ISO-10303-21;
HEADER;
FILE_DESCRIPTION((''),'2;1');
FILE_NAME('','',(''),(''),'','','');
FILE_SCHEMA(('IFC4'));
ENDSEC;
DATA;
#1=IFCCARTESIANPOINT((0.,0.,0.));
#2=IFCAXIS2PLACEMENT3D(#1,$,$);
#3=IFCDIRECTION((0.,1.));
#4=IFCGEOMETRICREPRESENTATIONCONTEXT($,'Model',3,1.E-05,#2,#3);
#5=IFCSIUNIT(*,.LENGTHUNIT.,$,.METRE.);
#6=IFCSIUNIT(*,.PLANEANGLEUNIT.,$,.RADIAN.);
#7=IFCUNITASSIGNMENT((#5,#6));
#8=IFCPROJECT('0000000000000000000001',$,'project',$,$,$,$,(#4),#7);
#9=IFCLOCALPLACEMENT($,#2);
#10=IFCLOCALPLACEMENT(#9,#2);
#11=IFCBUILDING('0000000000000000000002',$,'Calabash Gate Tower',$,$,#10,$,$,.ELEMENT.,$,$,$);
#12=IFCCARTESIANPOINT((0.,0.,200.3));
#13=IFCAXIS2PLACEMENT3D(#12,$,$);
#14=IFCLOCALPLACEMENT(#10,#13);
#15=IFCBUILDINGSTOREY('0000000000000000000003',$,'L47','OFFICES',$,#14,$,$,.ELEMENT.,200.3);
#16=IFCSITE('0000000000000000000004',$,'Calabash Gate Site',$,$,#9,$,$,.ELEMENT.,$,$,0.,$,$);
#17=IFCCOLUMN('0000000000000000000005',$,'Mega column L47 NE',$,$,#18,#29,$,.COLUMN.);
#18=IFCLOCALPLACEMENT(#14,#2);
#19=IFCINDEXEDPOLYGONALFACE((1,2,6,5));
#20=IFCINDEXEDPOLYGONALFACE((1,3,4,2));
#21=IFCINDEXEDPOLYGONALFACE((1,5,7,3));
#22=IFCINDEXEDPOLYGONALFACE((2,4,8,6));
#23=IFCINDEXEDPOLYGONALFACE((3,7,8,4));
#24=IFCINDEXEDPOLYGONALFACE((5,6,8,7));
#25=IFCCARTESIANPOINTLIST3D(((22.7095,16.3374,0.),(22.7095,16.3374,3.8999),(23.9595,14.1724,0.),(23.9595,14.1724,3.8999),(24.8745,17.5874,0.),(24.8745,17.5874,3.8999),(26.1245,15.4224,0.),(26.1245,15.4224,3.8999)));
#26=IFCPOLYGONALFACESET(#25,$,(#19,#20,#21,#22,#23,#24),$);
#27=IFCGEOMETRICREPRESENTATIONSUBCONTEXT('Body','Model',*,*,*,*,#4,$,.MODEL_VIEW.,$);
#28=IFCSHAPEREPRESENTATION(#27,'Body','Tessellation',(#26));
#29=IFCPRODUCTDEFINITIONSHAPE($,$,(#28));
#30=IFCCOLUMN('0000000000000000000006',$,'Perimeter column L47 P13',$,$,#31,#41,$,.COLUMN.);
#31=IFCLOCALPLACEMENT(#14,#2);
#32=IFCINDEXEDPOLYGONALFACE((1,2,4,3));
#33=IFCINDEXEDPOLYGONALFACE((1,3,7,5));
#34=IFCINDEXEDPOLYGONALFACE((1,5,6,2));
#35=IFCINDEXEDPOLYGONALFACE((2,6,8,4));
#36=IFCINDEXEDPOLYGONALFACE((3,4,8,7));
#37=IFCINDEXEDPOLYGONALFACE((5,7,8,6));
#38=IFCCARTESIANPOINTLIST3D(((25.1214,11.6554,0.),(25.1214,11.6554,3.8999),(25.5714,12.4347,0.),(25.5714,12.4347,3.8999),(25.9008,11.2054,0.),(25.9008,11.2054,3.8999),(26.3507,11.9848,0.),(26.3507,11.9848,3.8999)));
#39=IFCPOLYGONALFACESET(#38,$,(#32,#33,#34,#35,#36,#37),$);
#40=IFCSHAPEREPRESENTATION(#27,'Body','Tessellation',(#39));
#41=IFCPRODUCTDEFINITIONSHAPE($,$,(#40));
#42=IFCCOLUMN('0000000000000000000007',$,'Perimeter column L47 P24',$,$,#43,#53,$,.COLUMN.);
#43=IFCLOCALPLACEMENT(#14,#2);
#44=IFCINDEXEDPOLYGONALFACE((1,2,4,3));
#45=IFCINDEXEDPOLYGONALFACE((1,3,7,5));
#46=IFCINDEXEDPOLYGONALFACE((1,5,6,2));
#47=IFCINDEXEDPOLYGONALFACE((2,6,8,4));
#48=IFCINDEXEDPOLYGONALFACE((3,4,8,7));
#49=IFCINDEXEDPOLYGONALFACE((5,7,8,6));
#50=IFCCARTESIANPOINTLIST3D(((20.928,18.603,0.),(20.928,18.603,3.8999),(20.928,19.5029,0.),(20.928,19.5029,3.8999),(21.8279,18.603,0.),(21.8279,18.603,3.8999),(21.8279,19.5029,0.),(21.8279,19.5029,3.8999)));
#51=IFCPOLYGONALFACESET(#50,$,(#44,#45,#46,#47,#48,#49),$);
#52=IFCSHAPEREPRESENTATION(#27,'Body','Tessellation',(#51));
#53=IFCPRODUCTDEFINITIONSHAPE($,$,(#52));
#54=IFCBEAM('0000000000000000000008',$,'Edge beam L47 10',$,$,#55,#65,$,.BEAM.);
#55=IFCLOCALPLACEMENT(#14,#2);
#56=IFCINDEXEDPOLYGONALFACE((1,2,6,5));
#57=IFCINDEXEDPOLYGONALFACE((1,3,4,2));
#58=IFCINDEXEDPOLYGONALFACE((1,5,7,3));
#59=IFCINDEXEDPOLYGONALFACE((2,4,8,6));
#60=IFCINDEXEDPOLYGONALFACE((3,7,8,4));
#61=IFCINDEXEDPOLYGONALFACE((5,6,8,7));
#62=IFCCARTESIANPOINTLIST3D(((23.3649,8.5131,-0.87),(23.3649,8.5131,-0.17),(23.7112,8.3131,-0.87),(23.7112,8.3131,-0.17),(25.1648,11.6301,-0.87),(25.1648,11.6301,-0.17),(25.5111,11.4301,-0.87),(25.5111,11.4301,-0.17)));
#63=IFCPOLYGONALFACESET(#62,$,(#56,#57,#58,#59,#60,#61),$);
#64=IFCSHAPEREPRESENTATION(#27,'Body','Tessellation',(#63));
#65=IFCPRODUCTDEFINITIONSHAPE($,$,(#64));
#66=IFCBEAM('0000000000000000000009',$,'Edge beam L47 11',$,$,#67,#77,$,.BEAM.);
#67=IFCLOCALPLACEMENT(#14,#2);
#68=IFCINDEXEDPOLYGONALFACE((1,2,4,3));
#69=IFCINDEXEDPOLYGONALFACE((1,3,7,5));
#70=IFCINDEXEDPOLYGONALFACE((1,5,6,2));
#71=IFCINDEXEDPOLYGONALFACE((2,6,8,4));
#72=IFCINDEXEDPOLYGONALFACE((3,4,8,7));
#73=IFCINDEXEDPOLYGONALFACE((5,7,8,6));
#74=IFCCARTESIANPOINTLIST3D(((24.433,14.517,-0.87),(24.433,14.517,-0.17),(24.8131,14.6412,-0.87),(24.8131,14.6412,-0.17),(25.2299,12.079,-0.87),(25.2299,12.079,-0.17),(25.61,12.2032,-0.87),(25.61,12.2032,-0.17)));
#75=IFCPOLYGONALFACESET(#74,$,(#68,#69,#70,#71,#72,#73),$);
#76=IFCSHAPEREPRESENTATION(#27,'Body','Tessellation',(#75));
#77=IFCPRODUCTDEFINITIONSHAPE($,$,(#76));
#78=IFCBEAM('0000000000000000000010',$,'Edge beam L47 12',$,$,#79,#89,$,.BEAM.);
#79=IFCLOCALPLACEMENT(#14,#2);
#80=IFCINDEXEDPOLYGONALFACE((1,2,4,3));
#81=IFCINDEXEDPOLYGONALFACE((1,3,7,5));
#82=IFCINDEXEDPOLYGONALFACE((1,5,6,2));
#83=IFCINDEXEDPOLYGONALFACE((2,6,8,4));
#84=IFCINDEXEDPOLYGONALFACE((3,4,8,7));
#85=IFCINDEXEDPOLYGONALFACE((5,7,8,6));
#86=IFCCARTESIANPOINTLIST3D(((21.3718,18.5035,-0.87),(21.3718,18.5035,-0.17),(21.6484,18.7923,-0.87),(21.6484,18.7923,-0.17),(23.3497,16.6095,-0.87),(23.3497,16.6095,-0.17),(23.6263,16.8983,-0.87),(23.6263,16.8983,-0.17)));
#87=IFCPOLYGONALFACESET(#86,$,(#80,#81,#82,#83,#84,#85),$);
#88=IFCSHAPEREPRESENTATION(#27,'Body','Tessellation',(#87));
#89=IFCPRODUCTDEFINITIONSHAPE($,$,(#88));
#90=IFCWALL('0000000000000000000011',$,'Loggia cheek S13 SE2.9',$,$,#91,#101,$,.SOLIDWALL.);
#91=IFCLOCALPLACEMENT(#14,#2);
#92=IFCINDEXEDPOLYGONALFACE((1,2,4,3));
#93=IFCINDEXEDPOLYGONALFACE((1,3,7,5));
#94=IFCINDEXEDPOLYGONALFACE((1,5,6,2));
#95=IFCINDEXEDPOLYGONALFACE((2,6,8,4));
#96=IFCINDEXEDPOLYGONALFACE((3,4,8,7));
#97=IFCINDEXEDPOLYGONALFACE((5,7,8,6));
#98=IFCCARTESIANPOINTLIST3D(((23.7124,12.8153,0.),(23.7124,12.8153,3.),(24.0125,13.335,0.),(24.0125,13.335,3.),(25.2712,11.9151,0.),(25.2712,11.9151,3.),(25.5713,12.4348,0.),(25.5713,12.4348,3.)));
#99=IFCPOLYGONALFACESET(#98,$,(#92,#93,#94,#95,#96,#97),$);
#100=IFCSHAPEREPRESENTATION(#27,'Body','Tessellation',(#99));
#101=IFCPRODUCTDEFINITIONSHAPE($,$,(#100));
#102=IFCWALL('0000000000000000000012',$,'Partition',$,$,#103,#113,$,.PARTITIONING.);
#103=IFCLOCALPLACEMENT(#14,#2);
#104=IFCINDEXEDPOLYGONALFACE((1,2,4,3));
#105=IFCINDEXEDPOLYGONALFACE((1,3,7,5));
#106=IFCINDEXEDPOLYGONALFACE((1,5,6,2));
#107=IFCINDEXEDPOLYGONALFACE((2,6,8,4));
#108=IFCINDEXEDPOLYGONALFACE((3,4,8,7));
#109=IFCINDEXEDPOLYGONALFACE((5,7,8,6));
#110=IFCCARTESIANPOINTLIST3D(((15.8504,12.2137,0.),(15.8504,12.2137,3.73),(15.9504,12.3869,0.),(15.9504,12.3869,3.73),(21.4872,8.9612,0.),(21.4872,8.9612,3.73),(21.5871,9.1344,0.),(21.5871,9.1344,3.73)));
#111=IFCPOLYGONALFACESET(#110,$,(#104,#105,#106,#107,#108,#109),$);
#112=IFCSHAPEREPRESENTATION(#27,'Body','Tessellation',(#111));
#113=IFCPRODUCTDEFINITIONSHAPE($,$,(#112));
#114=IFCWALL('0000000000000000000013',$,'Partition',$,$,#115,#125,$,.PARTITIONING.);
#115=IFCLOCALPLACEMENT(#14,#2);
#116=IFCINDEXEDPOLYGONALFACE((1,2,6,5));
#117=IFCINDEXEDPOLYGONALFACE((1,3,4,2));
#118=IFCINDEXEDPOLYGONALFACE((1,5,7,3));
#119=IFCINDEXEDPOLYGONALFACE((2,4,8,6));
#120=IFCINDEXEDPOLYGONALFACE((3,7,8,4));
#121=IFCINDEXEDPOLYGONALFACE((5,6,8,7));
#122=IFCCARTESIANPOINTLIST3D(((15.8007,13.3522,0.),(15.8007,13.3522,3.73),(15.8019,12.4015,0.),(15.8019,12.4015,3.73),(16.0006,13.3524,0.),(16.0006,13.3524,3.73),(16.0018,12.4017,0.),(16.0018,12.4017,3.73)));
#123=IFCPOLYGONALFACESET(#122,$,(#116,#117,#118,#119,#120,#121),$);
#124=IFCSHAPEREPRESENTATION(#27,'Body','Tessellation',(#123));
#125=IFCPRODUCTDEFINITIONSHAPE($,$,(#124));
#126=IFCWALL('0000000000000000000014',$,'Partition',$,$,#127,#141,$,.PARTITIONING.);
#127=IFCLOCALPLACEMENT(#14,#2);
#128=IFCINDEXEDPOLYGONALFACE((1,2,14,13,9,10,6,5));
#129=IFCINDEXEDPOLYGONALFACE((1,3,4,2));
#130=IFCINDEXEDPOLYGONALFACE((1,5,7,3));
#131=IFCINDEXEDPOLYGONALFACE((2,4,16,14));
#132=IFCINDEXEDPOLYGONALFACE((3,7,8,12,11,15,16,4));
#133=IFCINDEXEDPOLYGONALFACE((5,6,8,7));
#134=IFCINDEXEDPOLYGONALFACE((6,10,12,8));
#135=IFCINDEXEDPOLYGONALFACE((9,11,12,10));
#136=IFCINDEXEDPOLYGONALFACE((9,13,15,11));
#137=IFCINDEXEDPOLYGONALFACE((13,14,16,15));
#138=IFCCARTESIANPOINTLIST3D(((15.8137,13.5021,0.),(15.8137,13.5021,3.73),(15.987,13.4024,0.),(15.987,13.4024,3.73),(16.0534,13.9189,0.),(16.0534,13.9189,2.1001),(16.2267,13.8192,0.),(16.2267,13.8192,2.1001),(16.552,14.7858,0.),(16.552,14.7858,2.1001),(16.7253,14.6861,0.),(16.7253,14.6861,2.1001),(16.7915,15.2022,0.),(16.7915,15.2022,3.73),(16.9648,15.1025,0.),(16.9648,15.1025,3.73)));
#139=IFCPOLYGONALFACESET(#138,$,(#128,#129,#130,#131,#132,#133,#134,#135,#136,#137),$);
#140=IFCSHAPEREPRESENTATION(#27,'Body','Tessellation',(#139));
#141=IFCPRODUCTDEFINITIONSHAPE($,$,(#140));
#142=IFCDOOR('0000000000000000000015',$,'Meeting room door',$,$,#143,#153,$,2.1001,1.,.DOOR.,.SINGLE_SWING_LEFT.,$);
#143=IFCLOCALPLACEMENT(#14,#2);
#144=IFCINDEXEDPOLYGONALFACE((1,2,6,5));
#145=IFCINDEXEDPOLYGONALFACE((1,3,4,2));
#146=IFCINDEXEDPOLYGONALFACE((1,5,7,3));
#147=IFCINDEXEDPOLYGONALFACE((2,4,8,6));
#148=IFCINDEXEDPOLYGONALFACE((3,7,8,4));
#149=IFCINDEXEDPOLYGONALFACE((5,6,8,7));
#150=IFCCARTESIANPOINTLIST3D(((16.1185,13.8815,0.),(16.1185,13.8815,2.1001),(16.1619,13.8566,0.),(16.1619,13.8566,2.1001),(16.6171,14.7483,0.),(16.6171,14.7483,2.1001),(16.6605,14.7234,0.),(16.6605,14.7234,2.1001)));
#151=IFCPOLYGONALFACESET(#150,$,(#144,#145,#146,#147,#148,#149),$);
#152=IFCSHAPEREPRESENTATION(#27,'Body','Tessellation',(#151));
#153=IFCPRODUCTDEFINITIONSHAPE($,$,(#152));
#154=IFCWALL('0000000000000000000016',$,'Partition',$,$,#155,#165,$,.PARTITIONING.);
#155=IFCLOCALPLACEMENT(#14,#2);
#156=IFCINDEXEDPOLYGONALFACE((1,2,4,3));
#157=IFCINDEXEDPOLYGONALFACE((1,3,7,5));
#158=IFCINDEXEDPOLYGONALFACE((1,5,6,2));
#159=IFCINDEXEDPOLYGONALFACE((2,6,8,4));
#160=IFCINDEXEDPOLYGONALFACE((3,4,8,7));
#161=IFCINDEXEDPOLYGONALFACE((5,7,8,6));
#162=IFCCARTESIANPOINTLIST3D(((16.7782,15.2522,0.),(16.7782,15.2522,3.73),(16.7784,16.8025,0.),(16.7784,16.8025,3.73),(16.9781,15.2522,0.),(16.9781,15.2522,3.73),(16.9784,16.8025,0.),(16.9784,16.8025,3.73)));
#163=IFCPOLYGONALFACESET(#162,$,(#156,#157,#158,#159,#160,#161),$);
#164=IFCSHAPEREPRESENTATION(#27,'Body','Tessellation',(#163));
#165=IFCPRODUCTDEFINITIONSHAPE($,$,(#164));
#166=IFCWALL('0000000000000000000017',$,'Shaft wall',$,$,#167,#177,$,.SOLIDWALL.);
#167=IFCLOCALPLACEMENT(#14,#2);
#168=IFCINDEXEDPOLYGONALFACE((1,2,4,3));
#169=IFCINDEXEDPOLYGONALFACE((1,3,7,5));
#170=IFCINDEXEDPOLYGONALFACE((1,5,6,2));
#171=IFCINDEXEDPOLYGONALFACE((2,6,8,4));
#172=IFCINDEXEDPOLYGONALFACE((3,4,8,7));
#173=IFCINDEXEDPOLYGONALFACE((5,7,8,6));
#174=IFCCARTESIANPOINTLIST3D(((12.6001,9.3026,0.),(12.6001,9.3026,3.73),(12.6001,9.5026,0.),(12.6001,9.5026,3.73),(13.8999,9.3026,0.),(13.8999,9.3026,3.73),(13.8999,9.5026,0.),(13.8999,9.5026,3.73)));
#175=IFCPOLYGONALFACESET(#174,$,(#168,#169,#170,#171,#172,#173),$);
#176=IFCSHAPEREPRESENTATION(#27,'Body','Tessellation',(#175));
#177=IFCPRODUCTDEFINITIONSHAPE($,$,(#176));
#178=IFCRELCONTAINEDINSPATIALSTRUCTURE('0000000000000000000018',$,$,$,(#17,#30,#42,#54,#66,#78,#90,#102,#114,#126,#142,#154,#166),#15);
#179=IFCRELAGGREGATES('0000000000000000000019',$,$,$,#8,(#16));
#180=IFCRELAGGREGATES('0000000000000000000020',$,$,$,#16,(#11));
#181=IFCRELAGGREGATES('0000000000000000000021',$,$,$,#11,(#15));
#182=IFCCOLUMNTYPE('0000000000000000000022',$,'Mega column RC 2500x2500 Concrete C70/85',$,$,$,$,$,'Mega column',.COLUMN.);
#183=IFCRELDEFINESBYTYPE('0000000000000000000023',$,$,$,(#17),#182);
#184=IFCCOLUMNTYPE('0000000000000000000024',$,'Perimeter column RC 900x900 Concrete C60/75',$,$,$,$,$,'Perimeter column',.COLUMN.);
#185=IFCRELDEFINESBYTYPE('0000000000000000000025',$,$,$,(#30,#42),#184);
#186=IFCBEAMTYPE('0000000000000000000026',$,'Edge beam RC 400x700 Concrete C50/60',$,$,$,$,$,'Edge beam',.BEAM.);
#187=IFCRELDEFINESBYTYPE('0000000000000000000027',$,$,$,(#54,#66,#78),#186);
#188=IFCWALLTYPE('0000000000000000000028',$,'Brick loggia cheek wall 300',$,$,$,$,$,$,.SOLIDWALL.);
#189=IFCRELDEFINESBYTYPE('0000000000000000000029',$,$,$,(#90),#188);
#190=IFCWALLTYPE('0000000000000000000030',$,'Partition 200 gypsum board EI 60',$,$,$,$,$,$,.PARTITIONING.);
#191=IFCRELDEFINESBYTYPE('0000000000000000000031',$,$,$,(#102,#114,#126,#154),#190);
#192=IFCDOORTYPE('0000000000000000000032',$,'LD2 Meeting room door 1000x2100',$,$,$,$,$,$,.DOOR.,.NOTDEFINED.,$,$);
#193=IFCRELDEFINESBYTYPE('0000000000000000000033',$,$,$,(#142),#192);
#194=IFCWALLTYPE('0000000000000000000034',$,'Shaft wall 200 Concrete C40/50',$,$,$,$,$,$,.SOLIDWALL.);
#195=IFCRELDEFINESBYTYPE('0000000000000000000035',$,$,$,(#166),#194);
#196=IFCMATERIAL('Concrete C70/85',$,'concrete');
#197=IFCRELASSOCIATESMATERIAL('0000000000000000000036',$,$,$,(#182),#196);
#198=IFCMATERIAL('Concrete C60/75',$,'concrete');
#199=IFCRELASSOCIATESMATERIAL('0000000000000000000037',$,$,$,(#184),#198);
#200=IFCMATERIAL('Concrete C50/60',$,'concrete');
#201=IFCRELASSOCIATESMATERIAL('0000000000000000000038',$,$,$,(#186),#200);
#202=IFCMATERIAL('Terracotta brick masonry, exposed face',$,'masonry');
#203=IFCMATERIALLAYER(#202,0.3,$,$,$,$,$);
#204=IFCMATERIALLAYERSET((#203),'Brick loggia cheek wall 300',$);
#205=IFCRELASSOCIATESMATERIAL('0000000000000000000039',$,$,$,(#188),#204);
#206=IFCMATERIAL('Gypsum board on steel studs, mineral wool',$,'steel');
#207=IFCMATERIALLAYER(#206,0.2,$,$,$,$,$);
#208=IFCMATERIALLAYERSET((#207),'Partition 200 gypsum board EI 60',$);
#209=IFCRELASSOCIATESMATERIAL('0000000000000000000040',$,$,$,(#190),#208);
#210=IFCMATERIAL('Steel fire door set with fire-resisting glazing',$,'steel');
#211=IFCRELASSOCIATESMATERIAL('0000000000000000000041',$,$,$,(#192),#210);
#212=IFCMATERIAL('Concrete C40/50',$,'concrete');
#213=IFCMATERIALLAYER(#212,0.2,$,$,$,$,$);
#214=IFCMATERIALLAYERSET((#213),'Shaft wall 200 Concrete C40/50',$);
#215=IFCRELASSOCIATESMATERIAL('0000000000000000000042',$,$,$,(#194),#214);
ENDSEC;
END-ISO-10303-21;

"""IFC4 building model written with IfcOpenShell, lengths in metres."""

from ifc_helpers import new_model, si_unit, direction, frame, frame_2d, origin, origin_2d, place, context, subcontext, project, spatial, rectangle, extrude, material, layer, layer_set, material_profile, profile_set, type_object, element, fill, save


model = new_model("IFC4")

# Units and contexts
model_context = context("Model", 3, precision=1e-05, world=origin(), true_north=direction((0.0, 1.0)))
body_context = subcontext(model_context, "Body", "Model", "MODEL_VIEW")
ifc_project = project(units=[si_unit("LENGTHUNIT", "METRE"), si_unit("PLANEANGLEUNIT", "RADIAN")], contexts=[model_context])

# Site, building, storey
site_placement = place(None, origin())
site = spatial("IfcSite", under=ifc_project, at=site_placement, Name="Calabash Gate Site", CompositionType="ELEMENT", RefElevation=0.0)
building_placement = place(site_placement, origin())
building = spatial("IfcBuilding", under=site, at=building_placement, Name="Calabash Gate Tower", CompositionType="ELEMENT")
storey_placement = place(building_placement, frame((0.0, 0.0, 200.3)))
storey = spatial("IfcBuildingStorey", under=building, at=storey_placement, Name="L47", Description="OFFICES", CompositionType="ELEMENT", Elevation=200.3)

# Columns
ifc_material_1 = material(Name="Concrete C70/85", Category="concrete")
ifc_material_profile_1 = material_profile(ifc_material_1, rectangle(XDim=2.5, YDim=2.5, at=origin_2d()))
ifc_profile_set_1 = profile_set([ifc_material_profile_1], Name="Concrete C70/85")
column_type_1 = type_object("IfcColumnType", Name="Mega column RC 2500x2500 Concrete C70/85", ElementType="Mega column", PredefinedType="COLUMN", material=ifc_profile_set_1)
column_placement = place(storey_placement, frame((24.417, 15.8799, 0.0), z_axis=(0.0, 0.0, 1.0), x_axis=(-0.866025, -0.5, 0.0)))
element("IfcColumn", 1, at=column_placement, inside=storey, type_object=column_type_1, Name="Mega column L47 NE", PredefinedType="COLUMN", context=body_context, shape_type="SweptSolid", body=[
    extrude(rectangle(XDim=2.5, YDim=2.5, at=origin_2d()), origin(), (0.0, 0.0, 1.0), 3.8999),
])
ifc_material_2 = material(Name="Concrete C60/75", Category="concrete")
ifc_material_profile_2 = material_profile(ifc_material_2, rectangle(XDim=0.8999, YDim=0.8999, at=origin_2d()))
ifc_profile_set_2 = profile_set([ifc_material_profile_2], Name="Concrete C60/75")
column_type_2 = type_object("IfcColumnType", Name="Perimeter column RC 900x900 Concrete C60/75", ElementType="Perimeter column", PredefinedType="COLUMN", material=ifc_profile_set_2)
for number, where, z_axis, x_axis, name in (
    (2, (25.7361, 11.8201, 0.0), (0.0, 0.0, 1.0), (0.5, 0.866025, 0.0), "Perimeter column L47 P13"),
    (3, (21.3779, 19.053, 0.0), (0.0, 0.0, 1.0), (-1.0, 0.0, 0.0), "Perimeter column L47 P24"),
):
    element("IfcColumn", number, at=place(storey_placement, frame(where, z_axis=z_axis, x_axis=x_axis)), inside=storey, type_object=column_type_2, Name=name, PredefinedType="COLUMN", context=body_context, shape_type="SweptSolid", body=[
        extrude(rectangle(XDim=0.8999, YDim=0.8999, at=origin_2d()), origin(), (0.0, 0.0, 1.0), 3.8999),
    ])

# Beams
ifc_material_3 = material(Name="Concrete C50/60", Category="concrete")
ifc_material_profile_3 = material_profile(ifc_material_3, rectangle(XDim=0.3999, YDim=0.7, at=origin_2d()))
ifc_profile_set_3 = profile_set([ifc_material_profile_3], Name="Concrete C50/60")
beam_type = type_object("IfcBeamType", Name="Edge beam RC 400x700 Concrete C50/60", ElementType="Edge beam", PredefinedType="BEAM", material=ifc_profile_set_3)
beam_1_placement = place(storey_placement, frame((23.5381, 8.4131, -0.52), z_axis=(0.500049, 0.865997, 0.0), x_axis=(-0.865997, 0.500049, 0.0)))
element("IfcBeam", 4, at=beam_1_placement, inside=storey, type_object=beam_type, Name="Edge beam L47 10", PredefinedType="BEAM", context=body_context, shape_type="SweptSolid", body=[
    extrude(rectangle(XDim=0.3999, YDim=0.7, at=origin_2d()), origin(), (0.0, 0.0, 1.0), 3.5994),
])
beam_2_placement = place(storey_placement, frame((25.4199, 12.1411, -0.52), z_axis=(-0.310683, 0.950514, 0.0), x_axis=(-0.950514, -0.310683, 0.0)))
element("IfcBeam", 5, at=beam_2_placement, inside=storey, type_object=beam_type, Name="Edge beam L47 11", PredefinedType="BEAM", context=body_context, shape_type="SweptSolid", body=[
    extrude(rectangle(XDim=0.3999, YDim=0.7, at=origin_2d()), origin(), (0.0, 0.0, 1.0), 2.5649),
])
beam_3_placement = place(storey_placement, frame((23.488, 16.7539, -0.52), z_axis=(-0.722274, 0.691607, 0.0), x_axis=(-0.691607, -0.722274, 0.0)))
element("IfcBeam", 6, at=beam_3_placement, inside=storey, type_object=beam_type, Name="Edge beam L47 12", PredefinedType="BEAM", context=body_context, shape_type="SweptSolid", body=[
    extrude(rectangle(XDim=0.3999, YDim=0.7, at=origin_2d()), origin(), (0.0, 0.0, 1.0), 2.7385),
])

# Walls
ifc_material_4 = material(Name="Terracotta brick masonry, exposed face", Category="masonry")
ifc_layer_1 = layer(ifc_material_4, 0.3)
ifc_layer_set_1 = layer_set([ifc_layer_1], Name="Brick loggia cheek wall 300")
wall_type_1 = type_object("IfcWallType", Name="Brick loggia cheek wall 300", PredefinedType="SOLIDWALL", material=ifc_layer_set_1)
wall_1_placement = place(storey_placement, frame((25.4211, 12.175, 0.0), z_axis=(0.0, 0.0, 1.0), x_axis=(-0.865989, 0.500063, 0.0)))
element("IfcWall", 7, at=wall_1_placement, inside=storey, type_object=wall_type_1, Name="Loggia cheek S13 SE2.9", PredefinedType="SOLIDWALL", context=body_context, shape_type="SweptSolid", body=[
    extrude(rectangle(XDim=1.8, YDim=0.6001, at=frame_2d((0.8999, 0.0))), origin(), (0.0, 0.0, 1.0), 3.0),
])
ifc_material_5 = material(Name="Gypsum board on steel studs, mineral wool", Category="steel")
ifc_layer_2 = layer(ifc_material_5, 0.2)
ifc_layer_set_2 = layer_set([ifc_layer_2], Name="Partition 200 gypsum board EI 60")
wall_type_2 = type_object("IfcWallType", Name="Partition 200 gypsum board EI 60", PredefinedType="PARTITIONING", material=ifc_layer_set_2)
wall_2_placement = place(storey_placement, frame((15.9004, 12.3003, 0.0), z_axis=(0.0, 0.0, 1.0), x_axis=(0.866153, -0.499779, 0.0)))
element("IfcWall", 8, at=wall_2_placement, inside=storey, type_object=wall_type_2, Name="Partition", PredefinedType="PARTITIONING", context=body_context, shape_type="SweptSolid", body=[
    extrude(rectangle(XDim=6.5078, YDim=0.2, at=frame_2d((3.2539, 0.0))), origin(), (0.0, 0.0, 1.0), 3.73),
])
wall_3_placement = place(storey_placement, frame((15.9006, 13.3523, 0.0), z_axis=(0.0, 0.0, 1.0), x_axis=(0.001284, -0.999999, 0.0)))
element("IfcWall", 9, at=wall_3_placement, inside=storey, type_object=wall_type_2, Name="Partition", PredefinedType="PARTITIONING", context=body_context, shape_type="SweptSolid", body=[
    extrude(rectangle(XDim=0.9507, YDim=0.2, at=frame_2d((0.4753, 0.0))), origin(), (0.0, 0.0, 1.0), 3.73),
])

# Wall, opening, door
wall_4_placement = place(storey_placement, frame((15.9004, 13.4524, 0.0), z_axis=(0.0, 0.0, 1.0), x_axis=(0.49859, 0.866838, 0.0)))
wall_4 = element("IfcWall", 10, at=wall_4_placement, inside=storey, type_object=wall_type_2, Name="Partition", PredefinedType="PARTITIONING", context=body_context, shape_type="SweptSolid", body=[
    extrude(rectangle(XDim=1.9612, YDim=0.2, at=frame_2d((0.9805, 0.0))), origin(), (0.0, 0.0, 1.0), 3.73),
])
opening_1_placement = place(wall_4_placement, frame((0.4807, 0.0, 0.0)))
opening_1 = element("IfcOpeningElement", 11, at=opening_1_placement, cuts=wall_4, PredefinedType="OPENING", context=body_context, shape_type="SweptSolid", body=[
    extrude(rectangle(XDim=1.0, YDim=2.1001, at=frame_2d((0.5, 1.05))), frame((0.0, 0.1099, 0.0), z_axis=(0.0, -1.0, 0.0), x_axis=(1.0, 0.0, 0.0)), (0.0, 0.0, 1.0), 0.22),
])
ifc_material_6 = material(Name="Steel fire door set with fire-resisting glazing", Category="steel")
door_type_1 = type_object("IfcDoorType", Name="LD2 Meeting room door 1000x2100", OperationType="NOTDEFINED", PredefinedType="DOOR", material=ifc_material_6)
door_1_placement = place(opening_1_placement, origin())
door_1 = element("IfcDoor", 12, at=door_1_placement, inside=storey, type_object=door_type_1, Name="Meeting room door", OperationType="SINGLE_SWING_LEFT", OverallHeight=2.1001, OverallWidth=1.0, PredefinedType="DOOR", context=body_context, shape_type="SweptSolid", body=[
    extrude(rectangle(XDim=1.0, YDim=2.1001, at=frame_2d((0.5, 1.05))), frame((0.0, 0.0249, 0.0), z_axis=(0.0, -1.0, 0.0), x_axis=(1.0, 0.0, 0.0)), (0.0, 0.0, 1.0), 0.05),
])
fill(opening_1, door_1)

# Walls
wall_5_placement = place(storey_placement, frame((16.8782, 15.2522, 0.0), z_axis=(0.0, 0.0, 1.0), x_axis=(0.000157, 1.0, 0.0)))
element("IfcWall", 13, at=wall_5_placement, inside=storey, type_object=wall_type_2, Name="Partition", PredefinedType="PARTITIONING", context=body_context, shape_type="SweptSolid", body=[
    extrude(rectangle(XDim=1.5503, YDim=0.2, at=frame_2d((0.7751, 0.0))), origin(), (0.0, 0.0, 1.0), 3.73),
])
ifc_material_7 = material(Name="Concrete C40/50", Category="concrete")
ifc_layer_3 = layer(ifc_material_7, 0.2)
ifc_layer_set_3 = layer_set([ifc_layer_3], Name="Shaft wall 200 Concrete C40/50")
wall_type_3 = type_object("IfcWallType", Name="Shaft wall 200 Concrete C40/50", PredefinedType="SOLIDWALL", material=ifc_layer_set_3)
for number, where, z_axis, x_axis, name in (
    (14, (12.6001, 9.4026, 0.0), (0.0, 0.0, 1.0), (1.0, 0.0, 0.0), "Shaft wall"),
):
    element("IfcWall", number, at=place(storey_placement, frame(where, z_axis=z_axis, x_axis=x_axis)), inside=storey, type_object=wall_type_3, Name=name, PredefinedType="SOLIDWALL", context=body_context, shape_type="SweptSolid", body=[
        extrude(rectangle(XDim=1.2998, YDim=0.2, at=frame_2d((0.6499, 0.0))), origin(), (0.0, 0.0, 1.0), 3.73),
    ])

save(model, "model.ifc")
